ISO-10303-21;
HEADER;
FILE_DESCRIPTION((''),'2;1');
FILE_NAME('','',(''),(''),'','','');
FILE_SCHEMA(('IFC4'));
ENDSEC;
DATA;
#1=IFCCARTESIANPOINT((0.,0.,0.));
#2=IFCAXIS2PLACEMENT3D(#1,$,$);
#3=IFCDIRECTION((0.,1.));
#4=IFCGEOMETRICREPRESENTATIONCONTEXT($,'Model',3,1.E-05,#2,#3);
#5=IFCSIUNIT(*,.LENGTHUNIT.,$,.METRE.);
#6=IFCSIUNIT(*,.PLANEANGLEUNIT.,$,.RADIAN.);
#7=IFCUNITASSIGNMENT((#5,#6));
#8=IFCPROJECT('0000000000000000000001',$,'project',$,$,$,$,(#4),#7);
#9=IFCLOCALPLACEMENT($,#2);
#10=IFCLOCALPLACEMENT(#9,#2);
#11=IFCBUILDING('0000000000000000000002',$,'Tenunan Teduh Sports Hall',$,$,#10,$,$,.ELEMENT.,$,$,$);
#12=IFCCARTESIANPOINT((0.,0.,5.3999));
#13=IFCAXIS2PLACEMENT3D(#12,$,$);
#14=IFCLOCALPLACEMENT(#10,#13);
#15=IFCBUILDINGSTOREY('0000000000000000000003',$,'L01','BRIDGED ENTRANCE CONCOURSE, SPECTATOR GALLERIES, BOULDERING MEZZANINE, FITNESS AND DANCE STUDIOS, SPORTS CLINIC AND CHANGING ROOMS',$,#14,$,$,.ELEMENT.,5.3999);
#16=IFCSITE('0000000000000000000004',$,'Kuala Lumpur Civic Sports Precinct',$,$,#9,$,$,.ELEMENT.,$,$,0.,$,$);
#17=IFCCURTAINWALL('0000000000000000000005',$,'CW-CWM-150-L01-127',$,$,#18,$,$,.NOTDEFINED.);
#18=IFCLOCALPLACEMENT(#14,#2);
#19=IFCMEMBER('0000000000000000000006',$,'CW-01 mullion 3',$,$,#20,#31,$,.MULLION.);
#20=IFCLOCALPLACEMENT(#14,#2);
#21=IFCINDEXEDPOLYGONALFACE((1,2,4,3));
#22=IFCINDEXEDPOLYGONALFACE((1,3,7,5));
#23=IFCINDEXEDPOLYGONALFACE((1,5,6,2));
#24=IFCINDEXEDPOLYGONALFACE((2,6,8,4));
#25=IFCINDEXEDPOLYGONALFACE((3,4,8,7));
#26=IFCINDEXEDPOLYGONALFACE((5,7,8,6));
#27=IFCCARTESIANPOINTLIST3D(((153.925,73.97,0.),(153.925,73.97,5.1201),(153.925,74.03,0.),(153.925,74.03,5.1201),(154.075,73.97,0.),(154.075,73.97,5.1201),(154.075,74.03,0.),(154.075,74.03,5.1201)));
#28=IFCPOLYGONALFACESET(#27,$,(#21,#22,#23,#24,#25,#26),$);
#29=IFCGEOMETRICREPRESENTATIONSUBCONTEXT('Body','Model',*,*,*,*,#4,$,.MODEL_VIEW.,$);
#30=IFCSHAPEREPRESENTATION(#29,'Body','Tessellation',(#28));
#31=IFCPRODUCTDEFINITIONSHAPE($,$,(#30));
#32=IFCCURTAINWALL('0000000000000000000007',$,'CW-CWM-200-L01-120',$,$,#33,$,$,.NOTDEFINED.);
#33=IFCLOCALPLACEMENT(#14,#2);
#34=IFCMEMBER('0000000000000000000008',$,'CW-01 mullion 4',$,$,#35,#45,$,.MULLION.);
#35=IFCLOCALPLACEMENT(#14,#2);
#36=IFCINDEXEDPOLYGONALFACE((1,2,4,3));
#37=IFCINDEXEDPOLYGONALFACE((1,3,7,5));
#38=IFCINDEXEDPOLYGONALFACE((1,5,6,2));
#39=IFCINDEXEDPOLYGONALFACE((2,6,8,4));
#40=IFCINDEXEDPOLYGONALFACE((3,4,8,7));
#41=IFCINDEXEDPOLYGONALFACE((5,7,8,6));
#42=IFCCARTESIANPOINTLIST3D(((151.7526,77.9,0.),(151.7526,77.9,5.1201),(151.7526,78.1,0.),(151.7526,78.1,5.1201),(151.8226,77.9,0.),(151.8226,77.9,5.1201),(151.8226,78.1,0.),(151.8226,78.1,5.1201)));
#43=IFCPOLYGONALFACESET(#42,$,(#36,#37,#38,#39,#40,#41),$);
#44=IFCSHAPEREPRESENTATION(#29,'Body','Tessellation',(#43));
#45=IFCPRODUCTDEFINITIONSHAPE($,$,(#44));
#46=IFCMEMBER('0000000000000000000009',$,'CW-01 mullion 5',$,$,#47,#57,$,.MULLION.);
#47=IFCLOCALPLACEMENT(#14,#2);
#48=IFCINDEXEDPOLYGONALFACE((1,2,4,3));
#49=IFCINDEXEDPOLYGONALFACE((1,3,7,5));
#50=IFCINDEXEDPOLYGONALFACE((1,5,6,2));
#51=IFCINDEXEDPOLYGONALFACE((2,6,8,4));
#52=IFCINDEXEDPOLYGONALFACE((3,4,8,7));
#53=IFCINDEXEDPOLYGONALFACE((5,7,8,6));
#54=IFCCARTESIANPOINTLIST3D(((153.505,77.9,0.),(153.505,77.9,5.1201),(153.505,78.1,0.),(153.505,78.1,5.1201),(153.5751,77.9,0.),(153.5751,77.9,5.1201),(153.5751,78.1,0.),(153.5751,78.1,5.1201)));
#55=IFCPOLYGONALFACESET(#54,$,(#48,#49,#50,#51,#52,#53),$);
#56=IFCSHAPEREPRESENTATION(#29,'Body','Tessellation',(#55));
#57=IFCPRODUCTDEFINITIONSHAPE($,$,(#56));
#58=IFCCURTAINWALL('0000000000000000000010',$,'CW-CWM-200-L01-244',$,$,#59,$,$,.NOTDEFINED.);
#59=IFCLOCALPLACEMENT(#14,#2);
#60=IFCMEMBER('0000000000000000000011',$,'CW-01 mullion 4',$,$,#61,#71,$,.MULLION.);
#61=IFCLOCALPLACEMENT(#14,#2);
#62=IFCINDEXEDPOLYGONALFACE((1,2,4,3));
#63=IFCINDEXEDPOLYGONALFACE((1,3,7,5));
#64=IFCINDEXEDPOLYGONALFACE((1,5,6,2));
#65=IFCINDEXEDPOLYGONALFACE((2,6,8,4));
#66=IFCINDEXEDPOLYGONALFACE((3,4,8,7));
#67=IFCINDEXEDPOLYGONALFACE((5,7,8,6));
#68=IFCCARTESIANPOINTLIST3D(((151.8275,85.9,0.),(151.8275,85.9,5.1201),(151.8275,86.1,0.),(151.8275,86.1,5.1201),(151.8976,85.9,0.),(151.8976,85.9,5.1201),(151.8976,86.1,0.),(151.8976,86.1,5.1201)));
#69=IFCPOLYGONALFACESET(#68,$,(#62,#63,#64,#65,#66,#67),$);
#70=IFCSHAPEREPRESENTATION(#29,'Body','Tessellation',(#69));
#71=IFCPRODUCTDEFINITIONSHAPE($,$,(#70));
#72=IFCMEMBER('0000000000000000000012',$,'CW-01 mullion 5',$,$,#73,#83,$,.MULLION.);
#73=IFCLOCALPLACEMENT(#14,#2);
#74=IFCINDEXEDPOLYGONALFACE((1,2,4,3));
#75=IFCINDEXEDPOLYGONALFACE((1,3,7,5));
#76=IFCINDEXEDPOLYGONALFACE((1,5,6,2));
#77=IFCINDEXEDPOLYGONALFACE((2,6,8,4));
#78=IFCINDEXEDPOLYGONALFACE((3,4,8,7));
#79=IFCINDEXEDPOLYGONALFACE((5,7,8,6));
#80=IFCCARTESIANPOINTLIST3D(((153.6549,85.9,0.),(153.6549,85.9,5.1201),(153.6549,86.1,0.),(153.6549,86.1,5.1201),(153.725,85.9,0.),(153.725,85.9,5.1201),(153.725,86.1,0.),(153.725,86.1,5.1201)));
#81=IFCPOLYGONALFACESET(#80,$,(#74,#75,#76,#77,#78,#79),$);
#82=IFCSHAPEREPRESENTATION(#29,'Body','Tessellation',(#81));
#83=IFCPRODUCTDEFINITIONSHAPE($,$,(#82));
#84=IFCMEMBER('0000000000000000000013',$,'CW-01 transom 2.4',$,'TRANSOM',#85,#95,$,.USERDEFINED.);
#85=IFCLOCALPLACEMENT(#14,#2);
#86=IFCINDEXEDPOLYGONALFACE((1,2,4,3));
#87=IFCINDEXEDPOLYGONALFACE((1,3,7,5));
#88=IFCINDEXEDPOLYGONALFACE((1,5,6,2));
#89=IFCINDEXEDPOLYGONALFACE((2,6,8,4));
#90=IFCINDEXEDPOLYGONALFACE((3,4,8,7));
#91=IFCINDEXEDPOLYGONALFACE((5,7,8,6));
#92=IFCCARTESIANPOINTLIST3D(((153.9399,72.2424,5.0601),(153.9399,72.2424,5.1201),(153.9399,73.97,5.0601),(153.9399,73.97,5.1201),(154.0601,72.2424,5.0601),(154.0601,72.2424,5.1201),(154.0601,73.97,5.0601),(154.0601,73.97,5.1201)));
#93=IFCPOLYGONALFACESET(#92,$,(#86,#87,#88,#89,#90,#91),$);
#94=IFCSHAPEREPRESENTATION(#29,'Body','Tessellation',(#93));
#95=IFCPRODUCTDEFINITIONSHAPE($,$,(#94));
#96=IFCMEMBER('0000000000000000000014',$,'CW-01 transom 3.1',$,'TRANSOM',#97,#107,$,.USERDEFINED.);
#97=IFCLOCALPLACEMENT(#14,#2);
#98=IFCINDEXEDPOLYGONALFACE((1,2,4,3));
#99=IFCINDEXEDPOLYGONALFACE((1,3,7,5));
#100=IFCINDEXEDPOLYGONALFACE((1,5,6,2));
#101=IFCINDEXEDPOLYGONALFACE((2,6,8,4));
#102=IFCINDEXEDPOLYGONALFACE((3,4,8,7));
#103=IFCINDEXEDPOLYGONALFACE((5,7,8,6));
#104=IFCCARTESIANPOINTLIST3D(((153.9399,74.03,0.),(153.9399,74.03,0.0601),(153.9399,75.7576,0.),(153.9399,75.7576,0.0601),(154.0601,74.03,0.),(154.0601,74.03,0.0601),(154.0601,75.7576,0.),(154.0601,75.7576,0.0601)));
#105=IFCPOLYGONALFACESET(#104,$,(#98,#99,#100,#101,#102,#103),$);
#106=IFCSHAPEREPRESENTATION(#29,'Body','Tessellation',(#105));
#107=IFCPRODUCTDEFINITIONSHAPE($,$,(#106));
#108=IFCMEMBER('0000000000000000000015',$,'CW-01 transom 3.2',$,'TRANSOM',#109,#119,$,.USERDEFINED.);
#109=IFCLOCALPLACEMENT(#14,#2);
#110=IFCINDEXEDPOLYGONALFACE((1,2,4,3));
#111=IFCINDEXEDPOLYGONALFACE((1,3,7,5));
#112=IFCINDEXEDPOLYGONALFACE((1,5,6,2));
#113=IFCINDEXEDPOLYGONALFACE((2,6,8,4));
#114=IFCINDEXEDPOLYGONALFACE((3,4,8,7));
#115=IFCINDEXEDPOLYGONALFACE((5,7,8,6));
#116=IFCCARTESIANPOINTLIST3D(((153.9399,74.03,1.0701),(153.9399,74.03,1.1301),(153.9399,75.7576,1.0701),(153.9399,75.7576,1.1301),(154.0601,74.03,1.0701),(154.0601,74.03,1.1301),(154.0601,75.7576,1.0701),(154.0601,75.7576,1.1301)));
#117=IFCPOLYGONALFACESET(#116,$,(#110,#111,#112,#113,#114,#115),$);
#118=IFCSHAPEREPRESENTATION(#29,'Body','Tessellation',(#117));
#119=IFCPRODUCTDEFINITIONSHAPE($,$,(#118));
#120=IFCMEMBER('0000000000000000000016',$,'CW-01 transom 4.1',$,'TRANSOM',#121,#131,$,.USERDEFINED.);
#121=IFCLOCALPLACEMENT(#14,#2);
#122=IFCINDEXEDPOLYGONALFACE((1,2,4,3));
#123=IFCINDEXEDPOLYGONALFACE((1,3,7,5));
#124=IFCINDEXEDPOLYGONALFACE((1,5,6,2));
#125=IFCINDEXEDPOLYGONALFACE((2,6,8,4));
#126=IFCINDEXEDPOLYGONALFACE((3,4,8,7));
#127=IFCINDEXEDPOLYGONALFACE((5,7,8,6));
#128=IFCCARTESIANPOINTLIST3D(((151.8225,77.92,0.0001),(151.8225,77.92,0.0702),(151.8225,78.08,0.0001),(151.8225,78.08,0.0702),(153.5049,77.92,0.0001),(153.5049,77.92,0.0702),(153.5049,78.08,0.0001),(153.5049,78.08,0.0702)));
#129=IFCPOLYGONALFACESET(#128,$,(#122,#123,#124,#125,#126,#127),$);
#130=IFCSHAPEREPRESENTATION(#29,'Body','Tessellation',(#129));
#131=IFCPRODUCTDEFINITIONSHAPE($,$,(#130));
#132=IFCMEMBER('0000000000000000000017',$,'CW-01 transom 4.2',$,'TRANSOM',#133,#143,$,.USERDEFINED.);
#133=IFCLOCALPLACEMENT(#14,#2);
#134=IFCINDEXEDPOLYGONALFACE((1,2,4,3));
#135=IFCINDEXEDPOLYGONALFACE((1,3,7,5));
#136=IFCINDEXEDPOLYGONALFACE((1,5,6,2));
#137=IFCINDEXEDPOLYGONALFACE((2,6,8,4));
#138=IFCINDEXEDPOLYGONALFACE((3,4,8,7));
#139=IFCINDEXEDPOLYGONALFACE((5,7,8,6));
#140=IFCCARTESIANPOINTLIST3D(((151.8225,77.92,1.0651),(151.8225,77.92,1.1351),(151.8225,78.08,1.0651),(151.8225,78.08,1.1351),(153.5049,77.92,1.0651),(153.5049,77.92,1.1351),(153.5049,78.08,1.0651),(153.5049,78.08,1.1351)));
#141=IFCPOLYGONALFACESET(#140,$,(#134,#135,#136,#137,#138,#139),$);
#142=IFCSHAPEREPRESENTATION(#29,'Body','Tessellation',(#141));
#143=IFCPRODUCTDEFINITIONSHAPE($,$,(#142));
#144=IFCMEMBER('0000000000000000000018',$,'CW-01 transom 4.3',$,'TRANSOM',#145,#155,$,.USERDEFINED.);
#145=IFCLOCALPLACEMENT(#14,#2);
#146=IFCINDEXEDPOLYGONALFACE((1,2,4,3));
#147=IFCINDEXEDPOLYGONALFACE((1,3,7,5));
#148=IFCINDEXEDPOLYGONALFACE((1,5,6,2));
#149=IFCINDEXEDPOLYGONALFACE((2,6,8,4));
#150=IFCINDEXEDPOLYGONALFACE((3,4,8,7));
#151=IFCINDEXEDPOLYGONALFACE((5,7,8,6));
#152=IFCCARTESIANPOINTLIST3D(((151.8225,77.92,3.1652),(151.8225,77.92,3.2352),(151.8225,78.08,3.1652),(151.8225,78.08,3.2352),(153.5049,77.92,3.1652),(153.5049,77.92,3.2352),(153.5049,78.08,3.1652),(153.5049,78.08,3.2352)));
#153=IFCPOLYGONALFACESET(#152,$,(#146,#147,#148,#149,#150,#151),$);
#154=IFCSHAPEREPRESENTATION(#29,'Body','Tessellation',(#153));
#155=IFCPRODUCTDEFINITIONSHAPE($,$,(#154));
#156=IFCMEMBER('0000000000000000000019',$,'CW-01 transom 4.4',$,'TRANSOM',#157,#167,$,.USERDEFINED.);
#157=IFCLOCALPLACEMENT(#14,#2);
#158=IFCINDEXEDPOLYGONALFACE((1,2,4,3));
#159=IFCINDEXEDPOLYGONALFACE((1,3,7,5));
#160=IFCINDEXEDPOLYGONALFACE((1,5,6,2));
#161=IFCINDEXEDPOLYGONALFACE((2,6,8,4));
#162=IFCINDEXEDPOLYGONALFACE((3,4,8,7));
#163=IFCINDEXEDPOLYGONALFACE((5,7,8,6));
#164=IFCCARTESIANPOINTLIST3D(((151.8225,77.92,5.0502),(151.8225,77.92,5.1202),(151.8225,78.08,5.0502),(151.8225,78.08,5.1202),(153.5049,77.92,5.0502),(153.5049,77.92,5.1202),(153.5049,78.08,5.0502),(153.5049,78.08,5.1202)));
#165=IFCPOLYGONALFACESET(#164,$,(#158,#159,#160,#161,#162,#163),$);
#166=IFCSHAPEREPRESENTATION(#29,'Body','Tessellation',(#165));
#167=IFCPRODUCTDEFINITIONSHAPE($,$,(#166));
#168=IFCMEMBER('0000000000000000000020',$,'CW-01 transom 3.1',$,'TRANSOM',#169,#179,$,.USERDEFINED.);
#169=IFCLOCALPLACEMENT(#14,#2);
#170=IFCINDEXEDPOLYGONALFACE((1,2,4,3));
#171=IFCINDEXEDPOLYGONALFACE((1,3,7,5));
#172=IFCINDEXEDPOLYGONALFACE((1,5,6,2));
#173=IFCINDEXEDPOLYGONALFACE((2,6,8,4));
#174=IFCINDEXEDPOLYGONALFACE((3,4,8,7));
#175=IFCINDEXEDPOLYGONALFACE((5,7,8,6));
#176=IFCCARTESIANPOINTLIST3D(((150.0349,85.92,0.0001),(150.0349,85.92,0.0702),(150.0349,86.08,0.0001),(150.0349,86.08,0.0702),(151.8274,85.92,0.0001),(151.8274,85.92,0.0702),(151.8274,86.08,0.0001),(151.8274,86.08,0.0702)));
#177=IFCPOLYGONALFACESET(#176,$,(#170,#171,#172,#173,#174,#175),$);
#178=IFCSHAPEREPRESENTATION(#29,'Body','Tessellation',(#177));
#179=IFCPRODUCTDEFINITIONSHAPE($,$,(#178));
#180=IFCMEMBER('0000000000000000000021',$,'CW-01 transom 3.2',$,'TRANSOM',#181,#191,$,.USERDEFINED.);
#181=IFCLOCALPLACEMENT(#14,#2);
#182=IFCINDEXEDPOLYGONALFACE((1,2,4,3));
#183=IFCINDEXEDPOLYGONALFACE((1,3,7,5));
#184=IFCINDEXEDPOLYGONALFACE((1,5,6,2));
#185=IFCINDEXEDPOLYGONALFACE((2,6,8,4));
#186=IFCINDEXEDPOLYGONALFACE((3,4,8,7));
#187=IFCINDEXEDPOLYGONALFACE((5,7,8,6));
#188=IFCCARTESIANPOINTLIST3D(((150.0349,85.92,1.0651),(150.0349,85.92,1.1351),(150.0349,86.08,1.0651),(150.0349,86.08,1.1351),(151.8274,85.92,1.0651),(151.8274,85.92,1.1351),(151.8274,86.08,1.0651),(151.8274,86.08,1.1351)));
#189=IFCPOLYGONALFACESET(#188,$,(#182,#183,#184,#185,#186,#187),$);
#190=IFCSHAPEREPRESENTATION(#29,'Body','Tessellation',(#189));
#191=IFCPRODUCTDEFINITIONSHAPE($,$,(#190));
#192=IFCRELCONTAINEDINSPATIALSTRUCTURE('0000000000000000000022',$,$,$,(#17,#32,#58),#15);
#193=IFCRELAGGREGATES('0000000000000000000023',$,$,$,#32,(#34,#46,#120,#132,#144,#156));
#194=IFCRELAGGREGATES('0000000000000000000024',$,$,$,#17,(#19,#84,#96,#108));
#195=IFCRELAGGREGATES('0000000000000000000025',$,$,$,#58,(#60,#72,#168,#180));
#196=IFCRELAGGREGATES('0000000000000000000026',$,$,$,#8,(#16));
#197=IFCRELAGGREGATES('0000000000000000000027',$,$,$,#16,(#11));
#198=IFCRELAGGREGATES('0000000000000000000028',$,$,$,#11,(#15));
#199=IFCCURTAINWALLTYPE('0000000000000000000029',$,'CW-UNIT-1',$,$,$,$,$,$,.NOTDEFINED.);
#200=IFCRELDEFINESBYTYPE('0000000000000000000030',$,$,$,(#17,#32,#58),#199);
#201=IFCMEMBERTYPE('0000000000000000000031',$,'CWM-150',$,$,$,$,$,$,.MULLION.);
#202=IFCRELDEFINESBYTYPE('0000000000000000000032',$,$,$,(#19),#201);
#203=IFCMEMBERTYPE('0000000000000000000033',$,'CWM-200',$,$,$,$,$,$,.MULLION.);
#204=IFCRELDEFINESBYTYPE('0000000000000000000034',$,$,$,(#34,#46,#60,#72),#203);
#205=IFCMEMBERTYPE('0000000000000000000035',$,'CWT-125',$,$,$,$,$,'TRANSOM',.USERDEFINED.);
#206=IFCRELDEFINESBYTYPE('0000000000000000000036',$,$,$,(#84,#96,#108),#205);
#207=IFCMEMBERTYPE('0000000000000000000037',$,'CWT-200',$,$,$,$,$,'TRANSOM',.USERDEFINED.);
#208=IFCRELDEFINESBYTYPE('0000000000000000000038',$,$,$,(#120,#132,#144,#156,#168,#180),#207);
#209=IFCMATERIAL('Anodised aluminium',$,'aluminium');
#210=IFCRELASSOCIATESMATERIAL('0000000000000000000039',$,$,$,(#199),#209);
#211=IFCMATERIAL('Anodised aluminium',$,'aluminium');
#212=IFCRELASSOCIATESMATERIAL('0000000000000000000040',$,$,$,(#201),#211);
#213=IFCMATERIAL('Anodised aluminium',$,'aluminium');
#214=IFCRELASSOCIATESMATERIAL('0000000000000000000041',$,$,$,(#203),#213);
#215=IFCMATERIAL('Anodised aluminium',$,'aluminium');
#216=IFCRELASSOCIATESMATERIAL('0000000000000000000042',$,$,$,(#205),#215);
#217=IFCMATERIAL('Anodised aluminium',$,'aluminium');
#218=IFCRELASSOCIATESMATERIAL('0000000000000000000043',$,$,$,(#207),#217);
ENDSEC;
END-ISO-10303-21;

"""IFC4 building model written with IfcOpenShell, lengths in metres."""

from ifc_helpers import new_model, si_unit, direction, frame, origin, origin_2d, place, context, subcontext, project, spatial, rectangle, extrude, material, material_profile, profile_set, type_object, element, aggregate, save


model = new_model("IFC4")

# Units and contexts
model_context = context("Model", 3, precision=1e-05, world=origin(), true_north=direction((0.0, 1.0)))
body_context = subcontext(model_context, "Body", "Model", "MODEL_VIEW")
ifc_project = project(units=[si_unit("LENGTHUNIT", "METRE"), si_unit("PLANEANGLEUNIT", "RADIAN")], contexts=[model_context])

# Site, building, storey
site_placement = place(None, origin())
site = spatial("IfcSite", under=ifc_project, at=site_placement, Name="Kuala Lumpur Civic Sports Precinct", CompositionType="ELEMENT", RefElevation=0.0)
building_placement = place(site_placement, origin())
building = spatial("IfcBuilding", under=site, at=building_placement, Name="Tenunan Teduh Sports Hall", CompositionType="ELEMENT")
storey_placement = place(building_placement, frame((0.0, 0.0, 5.3999)))
storey = spatial("IfcBuildingStorey", under=building, at=storey_placement, Name="L01", Description="BRIDGED ENTRANCE CONCOURSE, SPECTATOR GALLERIES, BOULDERING MEZZANINE, FITNESS AND DANCE STUDIOS, SPORTS CLINIC AND CHANGING ROOMS", CompositionType="ELEMENT", Elevation=5.3999)

# Curtain wall, member
ifc_material_1 = material(Name="Anodised aluminium", Category="aluminium")
curtain_wall_type = type_object("IfcCurtainWallType", Name="CW-UNIT-1", PredefinedType="NOTDEFINED", material=ifc_material_1)
curtain_wall_1_placement = place(storey_placement, origin())
curtain_wall_1 = element("IfcCurtainWall", 1, at=curtain_wall_1_placement, inside=storey, type_object=curtain_wall_type, Name="CW-CWM-150-L01-127", PredefinedType="NOTDEFINED")
ifc_material_2 = material(Name="Anodised aluminium", Category="aluminium")
ifc_material_profile_1 = material_profile(ifc_material_2, rectangle(XDim=0.0601, YDim=0.1499, at=origin_2d()), Name="CWM 60x150")
ifc_profile_set_1 = profile_set([ifc_material_profile_1], Name="Anodised aluminium")
member_type_1 = type_object("IfcMemberType", Name="CWM-150", PredefinedType="MULLION", material=ifc_profile_set_1)
member_1_placement = place(storey_placement, frame((154.0, 74.0, 0.0), z_axis=(0.0, 0.0, 1.0), x_axis=(0.0, 1.0, 0.0)))
member_1 = element("IfcMember", 2, at=member_1_placement, type_object=member_type_1, Name="CW-01 mullion 3", PredefinedType="MULLION", context=body_context, shape_type="SweptSolid", body=[
    extrude(rectangle(XDim=0.0601, YDim=0.1499, at=origin_2d()), origin(), (0.0, 0.0, 1.0), 5.1201),
])

# Curtain walls, members
curtain_wall_2_placement = place(storey_placement, origin())
curtain_wall_2 = element("IfcCurtainWall", 3, at=curtain_wall_2_placement, inside=storey, type_object=curtain_wall_type, Name="CW-CWM-200-L01-120", PredefinedType="NOTDEFINED")
ifc_material_3 = material(Name="Anodised aluminium", Category="aluminium")
ifc_material_profile_2 = material_profile(ifc_material_3, rectangle(XDim=0.0701, YDim=0.2, at=origin_2d()), Name="CWM 70x200")
ifc_profile_set_2 = profile_set([ifc_material_profile_2], Name="Anodised aluminium")
member_type_2 = type_object("IfcMemberType", Name="CWM-200", PredefinedType="MULLION", material=ifc_profile_set_2)
member_2_placement = place(storey_placement, frame((151.7876, 78.0, 0.0), z_axis=(0.0, 0.0, 1.0), x_axis=(1.0, 0.0, 0.0)))
member_2 = element("IfcMember", 4, at=member_2_placement, type_object=member_type_2, Name="CW-01 mullion 4", PredefinedType="MULLION", context=body_context, shape_type="SweptSolid", body=[
    extrude(rectangle(XDim=0.0701, YDim=0.2, at=origin_2d()), origin(), (0.0, 0.0, 1.0), 5.1201),
])
member_3_placement = place(storey_placement, frame((153.54, 78.0, 0.0), z_axis=(0.0, 0.0, 1.0), x_axis=(1.0, 0.0, 0.0)))
member_3 = element("IfcMember", 5, at=member_3_placement, type_object=member_type_2, Name="CW-01 mullion 5", PredefinedType="MULLION", context=body_context, shape_type="SweptSolid", body=[
    extrude(rectangle(XDim=0.0701, YDim=0.2, at=origin_2d()), origin(), (0.0, 0.0, 1.0), 5.1201),
])
curtain_wall_3_placement = place(storey_placement, origin())
curtain_wall_3 = element("IfcCurtainWall", 6, at=curtain_wall_3_placement, inside=storey, type_object=curtain_wall_type, Name="CW-CWM-200-L01-244", PredefinedType="NOTDEFINED")
member_4_placement = place(storey_placement, frame((151.8625, 86.0, 0.0), z_axis=(0.0, 0.0, 1.0), x_axis=(1.0, 0.0, 0.0)))
member_4 = element("IfcMember", 7, at=member_4_placement, type_object=member_type_2, Name="CW-01 mullion 4", PredefinedType="MULLION", context=body_context, shape_type="SweptSolid", body=[
    extrude(rectangle(XDim=0.0701, YDim=0.2, at=origin_2d()), origin(), (0.0, 0.0, 1.0), 5.1201),
])
member_5_placement = place(storey_placement, frame((153.6899, 86.0, 0.0), z_axis=(0.0, 0.0, 1.0), x_axis=(1.0, 0.0, 0.0)))
member_5 = element("IfcMember", 8, at=member_5_placement, type_object=member_type_2, Name="CW-01 mullion 5", PredefinedType="MULLION", context=body_context, shape_type="SweptSolid", body=[
    extrude(rectangle(XDim=0.0701, YDim=0.2, at=origin_2d()), origin(), (0.0, 0.0, 1.0), 5.1201),
])

# Members
ifc_material_4 = material(Name="Anodised aluminium", Category="aluminium")
ifc_material_profile_3 = material_profile(ifc_material_4, rectangle(XDim=0.0601, YDim=0.1201, at=origin_2d()), Name="CWT 60x120")
ifc_profile_set_3 = profile_set([ifc_material_profile_3], Name="Anodised aluminium")
member_type_3 = type_object("IfcMemberType", Name="CWT-125", ElementType="TRANSOM", PredefinedType="USERDEFINED", material=ifc_profile_set_3)
member_6_placement = place(storey_placement, frame((154.0, 72.2424, 5.0901), z_axis=(0.0, 1.0, 0.0), x_axis=(0.0, 0.0, 1.0)))
member_6 = element("IfcMember", 9, at=member_6_placement, type_object=member_type_3, Name="CW-01 transom 2.4", ObjectType="TRANSOM", PredefinedType="USERDEFINED", context=body_context, shape_type="SweptSolid", body=[
    extrude(rectangle(XDim=0.0601, YDim=0.1201, at=origin_2d()), origin(), (0.0, 0.0, 1.0), 1.7275),
])
member_7_placement = place(storey_placement, frame((154.0, 74.03, 0.03), z_axis=(0.0, 1.0, 0.0), x_axis=(0.0, 0.0, 1.0)))
member_7 = element("IfcMember", 10, at=member_7_placement, type_object=member_type_3, Name="CW-01 transom 3.1", ObjectType="TRANSOM", PredefinedType="USERDEFINED", context=body_context, shape_type="SweptSolid", body=[
    extrude(rectangle(XDim=0.0601, YDim=0.1201, at=origin_2d()), origin(), (0.0, 0.0, 1.0), 1.7275),
])
member_8_placement = place(storey_placement, frame((154.0, 74.03, 1.1001), z_axis=(0.0, 1.0, 0.0), x_axis=(0.0, 0.0, 1.0)))
member_8 = element("IfcMember", 11, at=member_8_placement, type_object=member_type_3, Name="CW-01 transom 3.2", ObjectType="TRANSOM", PredefinedType="USERDEFINED", context=body_context, shape_type="SweptSolid", body=[
    extrude(rectangle(XDim=0.0601, YDim=0.1201, at=origin_2d()), origin(), (0.0, 0.0, 1.0), 1.7275),
])
ifc_material_5 = material(Name="Anodised aluminium", Category="aluminium")
ifc_material_profile_4 = material_profile(ifc_material_5, rectangle(XDim=0.0701, YDim=0.1599, at=origin_2d()), Name="CWT 70x160")
ifc_profile_set_4 = profile_set([ifc_material_profile_4], Name="Anodised aluminium")
member_type_4 = type_object("IfcMemberType", Name="CWT-200", ElementType="TRANSOM", PredefinedType="USERDEFINED", material=ifc_profile_set_4)
member_9_placement = place(storey_placement, frame((151.8225, 78.0, 0.0352), z_axis=(1.0, 0.0, 0.0), x_axis=(0.0, 0.0, 1.0)))
member_9 = element("IfcMember", 12, at=member_9_placement, type_object=member_type_4, Name="CW-01 transom 4.1", ObjectType="TRANSOM", PredefinedType="USERDEFINED", context=body_context, shape_type="SweptSolid", body=[
    extrude(rectangle(XDim=0.0701, YDim=0.1599, at=origin_2d()), origin(), (0.0, 0.0, 1.0), 1.6824),
])
member_10_placement = place(storey_placement, frame((151.8225, 78.0, 1.1001), z_axis=(1.0, 0.0, 0.0), x_axis=(0.0, 0.0, 1.0)))
member_10 = element("IfcMember", 13, at=member_10_placement, type_object=member_type_4, Name="CW-01 transom 4.2", ObjectType="TRANSOM", PredefinedType="USERDEFINED", context=body_context, shape_type="SweptSolid", body=[
    extrude(rectangle(XDim=0.0701, YDim=0.1599, at=origin_2d()), origin(), (0.0, 0.0, 1.0), 1.6824),
])
member_11_placement = place(storey_placement, frame((151.8225, 78.0, 3.2002), z_axis=(1.0, 0.0, 0.0), x_axis=(0.0, 0.0, 1.0)))
member_11 = element("IfcMember", 14, at=member_11_placement, type_object=member_type_4, Name="CW-01 transom 4.3", ObjectType="TRANSOM", PredefinedType="USERDEFINED", context=body_context, shape_type="SweptSolid", body=[
    extrude(rectangle(XDim=0.0701, YDim=0.1599, at=origin_2d()), origin(), (0.0, 0.0, 1.0), 1.6824),
])
member_12_placement = place(storey_placement, frame((151.8225, 78.0, 5.0852), z_axis=(1.0, 0.0, 0.0), x_axis=(0.0, 0.0, 1.0)))
member_12 = element("IfcMember", 15, at=member_12_placement, type_object=member_type_4, Name="CW-01 transom 4.4", ObjectType="TRANSOM", PredefinedType="USERDEFINED", context=body_context, shape_type="SweptSolid", body=[
    extrude(rectangle(XDim=0.0701, YDim=0.1599, at=origin_2d()), origin(), (0.0, 0.0, 1.0), 1.6824),
])
member_13_placement = place(storey_placement, frame((150.0349, 86.0, 0.0352), z_axis=(1.0, 0.0, 0.0), x_axis=(0.0, 0.0, 1.0)))
member_13 = element("IfcMember", 16, at=member_13_placement, type_object=member_type_4, Name="CW-01 transom 3.1", ObjectType="TRANSOM", PredefinedType="USERDEFINED", context=body_context, shape_type="SweptSolid", body=[
    extrude(rectangle(XDim=0.0701, YDim=0.1599, at=origin_2d()), origin(), (0.0, 0.0, 1.0), 1.7925),
])
member_14_placement = place(storey_placement, frame((150.0349, 86.0, 1.1001), z_axis=(1.0, 0.0, 0.0), x_axis=(0.0, 0.0, 1.0)))
member_14 = element("IfcMember", 17, at=member_14_placement, type_object=member_type_4, Name="CW-01 transom 3.2", ObjectType="TRANSOM", PredefinedType="USERDEFINED", context=body_context, shape_type="SweptSolid", body=[
    extrude(rectangle(XDim=0.0701, YDim=0.1599, at=origin_2d()), origin(), (0.0, 0.0, 1.0), 1.7925),
])

aggregate(curtain_wall_2, [member_2, member_3, member_9, member_10, member_11, member_12])
aggregate(curtain_wall_1, [member_1, member_6, member_7, member_8])
aggregate(curtain_wall_3, [member_4, member_5, member_13, member_14])

save(model, "model.ifc")
